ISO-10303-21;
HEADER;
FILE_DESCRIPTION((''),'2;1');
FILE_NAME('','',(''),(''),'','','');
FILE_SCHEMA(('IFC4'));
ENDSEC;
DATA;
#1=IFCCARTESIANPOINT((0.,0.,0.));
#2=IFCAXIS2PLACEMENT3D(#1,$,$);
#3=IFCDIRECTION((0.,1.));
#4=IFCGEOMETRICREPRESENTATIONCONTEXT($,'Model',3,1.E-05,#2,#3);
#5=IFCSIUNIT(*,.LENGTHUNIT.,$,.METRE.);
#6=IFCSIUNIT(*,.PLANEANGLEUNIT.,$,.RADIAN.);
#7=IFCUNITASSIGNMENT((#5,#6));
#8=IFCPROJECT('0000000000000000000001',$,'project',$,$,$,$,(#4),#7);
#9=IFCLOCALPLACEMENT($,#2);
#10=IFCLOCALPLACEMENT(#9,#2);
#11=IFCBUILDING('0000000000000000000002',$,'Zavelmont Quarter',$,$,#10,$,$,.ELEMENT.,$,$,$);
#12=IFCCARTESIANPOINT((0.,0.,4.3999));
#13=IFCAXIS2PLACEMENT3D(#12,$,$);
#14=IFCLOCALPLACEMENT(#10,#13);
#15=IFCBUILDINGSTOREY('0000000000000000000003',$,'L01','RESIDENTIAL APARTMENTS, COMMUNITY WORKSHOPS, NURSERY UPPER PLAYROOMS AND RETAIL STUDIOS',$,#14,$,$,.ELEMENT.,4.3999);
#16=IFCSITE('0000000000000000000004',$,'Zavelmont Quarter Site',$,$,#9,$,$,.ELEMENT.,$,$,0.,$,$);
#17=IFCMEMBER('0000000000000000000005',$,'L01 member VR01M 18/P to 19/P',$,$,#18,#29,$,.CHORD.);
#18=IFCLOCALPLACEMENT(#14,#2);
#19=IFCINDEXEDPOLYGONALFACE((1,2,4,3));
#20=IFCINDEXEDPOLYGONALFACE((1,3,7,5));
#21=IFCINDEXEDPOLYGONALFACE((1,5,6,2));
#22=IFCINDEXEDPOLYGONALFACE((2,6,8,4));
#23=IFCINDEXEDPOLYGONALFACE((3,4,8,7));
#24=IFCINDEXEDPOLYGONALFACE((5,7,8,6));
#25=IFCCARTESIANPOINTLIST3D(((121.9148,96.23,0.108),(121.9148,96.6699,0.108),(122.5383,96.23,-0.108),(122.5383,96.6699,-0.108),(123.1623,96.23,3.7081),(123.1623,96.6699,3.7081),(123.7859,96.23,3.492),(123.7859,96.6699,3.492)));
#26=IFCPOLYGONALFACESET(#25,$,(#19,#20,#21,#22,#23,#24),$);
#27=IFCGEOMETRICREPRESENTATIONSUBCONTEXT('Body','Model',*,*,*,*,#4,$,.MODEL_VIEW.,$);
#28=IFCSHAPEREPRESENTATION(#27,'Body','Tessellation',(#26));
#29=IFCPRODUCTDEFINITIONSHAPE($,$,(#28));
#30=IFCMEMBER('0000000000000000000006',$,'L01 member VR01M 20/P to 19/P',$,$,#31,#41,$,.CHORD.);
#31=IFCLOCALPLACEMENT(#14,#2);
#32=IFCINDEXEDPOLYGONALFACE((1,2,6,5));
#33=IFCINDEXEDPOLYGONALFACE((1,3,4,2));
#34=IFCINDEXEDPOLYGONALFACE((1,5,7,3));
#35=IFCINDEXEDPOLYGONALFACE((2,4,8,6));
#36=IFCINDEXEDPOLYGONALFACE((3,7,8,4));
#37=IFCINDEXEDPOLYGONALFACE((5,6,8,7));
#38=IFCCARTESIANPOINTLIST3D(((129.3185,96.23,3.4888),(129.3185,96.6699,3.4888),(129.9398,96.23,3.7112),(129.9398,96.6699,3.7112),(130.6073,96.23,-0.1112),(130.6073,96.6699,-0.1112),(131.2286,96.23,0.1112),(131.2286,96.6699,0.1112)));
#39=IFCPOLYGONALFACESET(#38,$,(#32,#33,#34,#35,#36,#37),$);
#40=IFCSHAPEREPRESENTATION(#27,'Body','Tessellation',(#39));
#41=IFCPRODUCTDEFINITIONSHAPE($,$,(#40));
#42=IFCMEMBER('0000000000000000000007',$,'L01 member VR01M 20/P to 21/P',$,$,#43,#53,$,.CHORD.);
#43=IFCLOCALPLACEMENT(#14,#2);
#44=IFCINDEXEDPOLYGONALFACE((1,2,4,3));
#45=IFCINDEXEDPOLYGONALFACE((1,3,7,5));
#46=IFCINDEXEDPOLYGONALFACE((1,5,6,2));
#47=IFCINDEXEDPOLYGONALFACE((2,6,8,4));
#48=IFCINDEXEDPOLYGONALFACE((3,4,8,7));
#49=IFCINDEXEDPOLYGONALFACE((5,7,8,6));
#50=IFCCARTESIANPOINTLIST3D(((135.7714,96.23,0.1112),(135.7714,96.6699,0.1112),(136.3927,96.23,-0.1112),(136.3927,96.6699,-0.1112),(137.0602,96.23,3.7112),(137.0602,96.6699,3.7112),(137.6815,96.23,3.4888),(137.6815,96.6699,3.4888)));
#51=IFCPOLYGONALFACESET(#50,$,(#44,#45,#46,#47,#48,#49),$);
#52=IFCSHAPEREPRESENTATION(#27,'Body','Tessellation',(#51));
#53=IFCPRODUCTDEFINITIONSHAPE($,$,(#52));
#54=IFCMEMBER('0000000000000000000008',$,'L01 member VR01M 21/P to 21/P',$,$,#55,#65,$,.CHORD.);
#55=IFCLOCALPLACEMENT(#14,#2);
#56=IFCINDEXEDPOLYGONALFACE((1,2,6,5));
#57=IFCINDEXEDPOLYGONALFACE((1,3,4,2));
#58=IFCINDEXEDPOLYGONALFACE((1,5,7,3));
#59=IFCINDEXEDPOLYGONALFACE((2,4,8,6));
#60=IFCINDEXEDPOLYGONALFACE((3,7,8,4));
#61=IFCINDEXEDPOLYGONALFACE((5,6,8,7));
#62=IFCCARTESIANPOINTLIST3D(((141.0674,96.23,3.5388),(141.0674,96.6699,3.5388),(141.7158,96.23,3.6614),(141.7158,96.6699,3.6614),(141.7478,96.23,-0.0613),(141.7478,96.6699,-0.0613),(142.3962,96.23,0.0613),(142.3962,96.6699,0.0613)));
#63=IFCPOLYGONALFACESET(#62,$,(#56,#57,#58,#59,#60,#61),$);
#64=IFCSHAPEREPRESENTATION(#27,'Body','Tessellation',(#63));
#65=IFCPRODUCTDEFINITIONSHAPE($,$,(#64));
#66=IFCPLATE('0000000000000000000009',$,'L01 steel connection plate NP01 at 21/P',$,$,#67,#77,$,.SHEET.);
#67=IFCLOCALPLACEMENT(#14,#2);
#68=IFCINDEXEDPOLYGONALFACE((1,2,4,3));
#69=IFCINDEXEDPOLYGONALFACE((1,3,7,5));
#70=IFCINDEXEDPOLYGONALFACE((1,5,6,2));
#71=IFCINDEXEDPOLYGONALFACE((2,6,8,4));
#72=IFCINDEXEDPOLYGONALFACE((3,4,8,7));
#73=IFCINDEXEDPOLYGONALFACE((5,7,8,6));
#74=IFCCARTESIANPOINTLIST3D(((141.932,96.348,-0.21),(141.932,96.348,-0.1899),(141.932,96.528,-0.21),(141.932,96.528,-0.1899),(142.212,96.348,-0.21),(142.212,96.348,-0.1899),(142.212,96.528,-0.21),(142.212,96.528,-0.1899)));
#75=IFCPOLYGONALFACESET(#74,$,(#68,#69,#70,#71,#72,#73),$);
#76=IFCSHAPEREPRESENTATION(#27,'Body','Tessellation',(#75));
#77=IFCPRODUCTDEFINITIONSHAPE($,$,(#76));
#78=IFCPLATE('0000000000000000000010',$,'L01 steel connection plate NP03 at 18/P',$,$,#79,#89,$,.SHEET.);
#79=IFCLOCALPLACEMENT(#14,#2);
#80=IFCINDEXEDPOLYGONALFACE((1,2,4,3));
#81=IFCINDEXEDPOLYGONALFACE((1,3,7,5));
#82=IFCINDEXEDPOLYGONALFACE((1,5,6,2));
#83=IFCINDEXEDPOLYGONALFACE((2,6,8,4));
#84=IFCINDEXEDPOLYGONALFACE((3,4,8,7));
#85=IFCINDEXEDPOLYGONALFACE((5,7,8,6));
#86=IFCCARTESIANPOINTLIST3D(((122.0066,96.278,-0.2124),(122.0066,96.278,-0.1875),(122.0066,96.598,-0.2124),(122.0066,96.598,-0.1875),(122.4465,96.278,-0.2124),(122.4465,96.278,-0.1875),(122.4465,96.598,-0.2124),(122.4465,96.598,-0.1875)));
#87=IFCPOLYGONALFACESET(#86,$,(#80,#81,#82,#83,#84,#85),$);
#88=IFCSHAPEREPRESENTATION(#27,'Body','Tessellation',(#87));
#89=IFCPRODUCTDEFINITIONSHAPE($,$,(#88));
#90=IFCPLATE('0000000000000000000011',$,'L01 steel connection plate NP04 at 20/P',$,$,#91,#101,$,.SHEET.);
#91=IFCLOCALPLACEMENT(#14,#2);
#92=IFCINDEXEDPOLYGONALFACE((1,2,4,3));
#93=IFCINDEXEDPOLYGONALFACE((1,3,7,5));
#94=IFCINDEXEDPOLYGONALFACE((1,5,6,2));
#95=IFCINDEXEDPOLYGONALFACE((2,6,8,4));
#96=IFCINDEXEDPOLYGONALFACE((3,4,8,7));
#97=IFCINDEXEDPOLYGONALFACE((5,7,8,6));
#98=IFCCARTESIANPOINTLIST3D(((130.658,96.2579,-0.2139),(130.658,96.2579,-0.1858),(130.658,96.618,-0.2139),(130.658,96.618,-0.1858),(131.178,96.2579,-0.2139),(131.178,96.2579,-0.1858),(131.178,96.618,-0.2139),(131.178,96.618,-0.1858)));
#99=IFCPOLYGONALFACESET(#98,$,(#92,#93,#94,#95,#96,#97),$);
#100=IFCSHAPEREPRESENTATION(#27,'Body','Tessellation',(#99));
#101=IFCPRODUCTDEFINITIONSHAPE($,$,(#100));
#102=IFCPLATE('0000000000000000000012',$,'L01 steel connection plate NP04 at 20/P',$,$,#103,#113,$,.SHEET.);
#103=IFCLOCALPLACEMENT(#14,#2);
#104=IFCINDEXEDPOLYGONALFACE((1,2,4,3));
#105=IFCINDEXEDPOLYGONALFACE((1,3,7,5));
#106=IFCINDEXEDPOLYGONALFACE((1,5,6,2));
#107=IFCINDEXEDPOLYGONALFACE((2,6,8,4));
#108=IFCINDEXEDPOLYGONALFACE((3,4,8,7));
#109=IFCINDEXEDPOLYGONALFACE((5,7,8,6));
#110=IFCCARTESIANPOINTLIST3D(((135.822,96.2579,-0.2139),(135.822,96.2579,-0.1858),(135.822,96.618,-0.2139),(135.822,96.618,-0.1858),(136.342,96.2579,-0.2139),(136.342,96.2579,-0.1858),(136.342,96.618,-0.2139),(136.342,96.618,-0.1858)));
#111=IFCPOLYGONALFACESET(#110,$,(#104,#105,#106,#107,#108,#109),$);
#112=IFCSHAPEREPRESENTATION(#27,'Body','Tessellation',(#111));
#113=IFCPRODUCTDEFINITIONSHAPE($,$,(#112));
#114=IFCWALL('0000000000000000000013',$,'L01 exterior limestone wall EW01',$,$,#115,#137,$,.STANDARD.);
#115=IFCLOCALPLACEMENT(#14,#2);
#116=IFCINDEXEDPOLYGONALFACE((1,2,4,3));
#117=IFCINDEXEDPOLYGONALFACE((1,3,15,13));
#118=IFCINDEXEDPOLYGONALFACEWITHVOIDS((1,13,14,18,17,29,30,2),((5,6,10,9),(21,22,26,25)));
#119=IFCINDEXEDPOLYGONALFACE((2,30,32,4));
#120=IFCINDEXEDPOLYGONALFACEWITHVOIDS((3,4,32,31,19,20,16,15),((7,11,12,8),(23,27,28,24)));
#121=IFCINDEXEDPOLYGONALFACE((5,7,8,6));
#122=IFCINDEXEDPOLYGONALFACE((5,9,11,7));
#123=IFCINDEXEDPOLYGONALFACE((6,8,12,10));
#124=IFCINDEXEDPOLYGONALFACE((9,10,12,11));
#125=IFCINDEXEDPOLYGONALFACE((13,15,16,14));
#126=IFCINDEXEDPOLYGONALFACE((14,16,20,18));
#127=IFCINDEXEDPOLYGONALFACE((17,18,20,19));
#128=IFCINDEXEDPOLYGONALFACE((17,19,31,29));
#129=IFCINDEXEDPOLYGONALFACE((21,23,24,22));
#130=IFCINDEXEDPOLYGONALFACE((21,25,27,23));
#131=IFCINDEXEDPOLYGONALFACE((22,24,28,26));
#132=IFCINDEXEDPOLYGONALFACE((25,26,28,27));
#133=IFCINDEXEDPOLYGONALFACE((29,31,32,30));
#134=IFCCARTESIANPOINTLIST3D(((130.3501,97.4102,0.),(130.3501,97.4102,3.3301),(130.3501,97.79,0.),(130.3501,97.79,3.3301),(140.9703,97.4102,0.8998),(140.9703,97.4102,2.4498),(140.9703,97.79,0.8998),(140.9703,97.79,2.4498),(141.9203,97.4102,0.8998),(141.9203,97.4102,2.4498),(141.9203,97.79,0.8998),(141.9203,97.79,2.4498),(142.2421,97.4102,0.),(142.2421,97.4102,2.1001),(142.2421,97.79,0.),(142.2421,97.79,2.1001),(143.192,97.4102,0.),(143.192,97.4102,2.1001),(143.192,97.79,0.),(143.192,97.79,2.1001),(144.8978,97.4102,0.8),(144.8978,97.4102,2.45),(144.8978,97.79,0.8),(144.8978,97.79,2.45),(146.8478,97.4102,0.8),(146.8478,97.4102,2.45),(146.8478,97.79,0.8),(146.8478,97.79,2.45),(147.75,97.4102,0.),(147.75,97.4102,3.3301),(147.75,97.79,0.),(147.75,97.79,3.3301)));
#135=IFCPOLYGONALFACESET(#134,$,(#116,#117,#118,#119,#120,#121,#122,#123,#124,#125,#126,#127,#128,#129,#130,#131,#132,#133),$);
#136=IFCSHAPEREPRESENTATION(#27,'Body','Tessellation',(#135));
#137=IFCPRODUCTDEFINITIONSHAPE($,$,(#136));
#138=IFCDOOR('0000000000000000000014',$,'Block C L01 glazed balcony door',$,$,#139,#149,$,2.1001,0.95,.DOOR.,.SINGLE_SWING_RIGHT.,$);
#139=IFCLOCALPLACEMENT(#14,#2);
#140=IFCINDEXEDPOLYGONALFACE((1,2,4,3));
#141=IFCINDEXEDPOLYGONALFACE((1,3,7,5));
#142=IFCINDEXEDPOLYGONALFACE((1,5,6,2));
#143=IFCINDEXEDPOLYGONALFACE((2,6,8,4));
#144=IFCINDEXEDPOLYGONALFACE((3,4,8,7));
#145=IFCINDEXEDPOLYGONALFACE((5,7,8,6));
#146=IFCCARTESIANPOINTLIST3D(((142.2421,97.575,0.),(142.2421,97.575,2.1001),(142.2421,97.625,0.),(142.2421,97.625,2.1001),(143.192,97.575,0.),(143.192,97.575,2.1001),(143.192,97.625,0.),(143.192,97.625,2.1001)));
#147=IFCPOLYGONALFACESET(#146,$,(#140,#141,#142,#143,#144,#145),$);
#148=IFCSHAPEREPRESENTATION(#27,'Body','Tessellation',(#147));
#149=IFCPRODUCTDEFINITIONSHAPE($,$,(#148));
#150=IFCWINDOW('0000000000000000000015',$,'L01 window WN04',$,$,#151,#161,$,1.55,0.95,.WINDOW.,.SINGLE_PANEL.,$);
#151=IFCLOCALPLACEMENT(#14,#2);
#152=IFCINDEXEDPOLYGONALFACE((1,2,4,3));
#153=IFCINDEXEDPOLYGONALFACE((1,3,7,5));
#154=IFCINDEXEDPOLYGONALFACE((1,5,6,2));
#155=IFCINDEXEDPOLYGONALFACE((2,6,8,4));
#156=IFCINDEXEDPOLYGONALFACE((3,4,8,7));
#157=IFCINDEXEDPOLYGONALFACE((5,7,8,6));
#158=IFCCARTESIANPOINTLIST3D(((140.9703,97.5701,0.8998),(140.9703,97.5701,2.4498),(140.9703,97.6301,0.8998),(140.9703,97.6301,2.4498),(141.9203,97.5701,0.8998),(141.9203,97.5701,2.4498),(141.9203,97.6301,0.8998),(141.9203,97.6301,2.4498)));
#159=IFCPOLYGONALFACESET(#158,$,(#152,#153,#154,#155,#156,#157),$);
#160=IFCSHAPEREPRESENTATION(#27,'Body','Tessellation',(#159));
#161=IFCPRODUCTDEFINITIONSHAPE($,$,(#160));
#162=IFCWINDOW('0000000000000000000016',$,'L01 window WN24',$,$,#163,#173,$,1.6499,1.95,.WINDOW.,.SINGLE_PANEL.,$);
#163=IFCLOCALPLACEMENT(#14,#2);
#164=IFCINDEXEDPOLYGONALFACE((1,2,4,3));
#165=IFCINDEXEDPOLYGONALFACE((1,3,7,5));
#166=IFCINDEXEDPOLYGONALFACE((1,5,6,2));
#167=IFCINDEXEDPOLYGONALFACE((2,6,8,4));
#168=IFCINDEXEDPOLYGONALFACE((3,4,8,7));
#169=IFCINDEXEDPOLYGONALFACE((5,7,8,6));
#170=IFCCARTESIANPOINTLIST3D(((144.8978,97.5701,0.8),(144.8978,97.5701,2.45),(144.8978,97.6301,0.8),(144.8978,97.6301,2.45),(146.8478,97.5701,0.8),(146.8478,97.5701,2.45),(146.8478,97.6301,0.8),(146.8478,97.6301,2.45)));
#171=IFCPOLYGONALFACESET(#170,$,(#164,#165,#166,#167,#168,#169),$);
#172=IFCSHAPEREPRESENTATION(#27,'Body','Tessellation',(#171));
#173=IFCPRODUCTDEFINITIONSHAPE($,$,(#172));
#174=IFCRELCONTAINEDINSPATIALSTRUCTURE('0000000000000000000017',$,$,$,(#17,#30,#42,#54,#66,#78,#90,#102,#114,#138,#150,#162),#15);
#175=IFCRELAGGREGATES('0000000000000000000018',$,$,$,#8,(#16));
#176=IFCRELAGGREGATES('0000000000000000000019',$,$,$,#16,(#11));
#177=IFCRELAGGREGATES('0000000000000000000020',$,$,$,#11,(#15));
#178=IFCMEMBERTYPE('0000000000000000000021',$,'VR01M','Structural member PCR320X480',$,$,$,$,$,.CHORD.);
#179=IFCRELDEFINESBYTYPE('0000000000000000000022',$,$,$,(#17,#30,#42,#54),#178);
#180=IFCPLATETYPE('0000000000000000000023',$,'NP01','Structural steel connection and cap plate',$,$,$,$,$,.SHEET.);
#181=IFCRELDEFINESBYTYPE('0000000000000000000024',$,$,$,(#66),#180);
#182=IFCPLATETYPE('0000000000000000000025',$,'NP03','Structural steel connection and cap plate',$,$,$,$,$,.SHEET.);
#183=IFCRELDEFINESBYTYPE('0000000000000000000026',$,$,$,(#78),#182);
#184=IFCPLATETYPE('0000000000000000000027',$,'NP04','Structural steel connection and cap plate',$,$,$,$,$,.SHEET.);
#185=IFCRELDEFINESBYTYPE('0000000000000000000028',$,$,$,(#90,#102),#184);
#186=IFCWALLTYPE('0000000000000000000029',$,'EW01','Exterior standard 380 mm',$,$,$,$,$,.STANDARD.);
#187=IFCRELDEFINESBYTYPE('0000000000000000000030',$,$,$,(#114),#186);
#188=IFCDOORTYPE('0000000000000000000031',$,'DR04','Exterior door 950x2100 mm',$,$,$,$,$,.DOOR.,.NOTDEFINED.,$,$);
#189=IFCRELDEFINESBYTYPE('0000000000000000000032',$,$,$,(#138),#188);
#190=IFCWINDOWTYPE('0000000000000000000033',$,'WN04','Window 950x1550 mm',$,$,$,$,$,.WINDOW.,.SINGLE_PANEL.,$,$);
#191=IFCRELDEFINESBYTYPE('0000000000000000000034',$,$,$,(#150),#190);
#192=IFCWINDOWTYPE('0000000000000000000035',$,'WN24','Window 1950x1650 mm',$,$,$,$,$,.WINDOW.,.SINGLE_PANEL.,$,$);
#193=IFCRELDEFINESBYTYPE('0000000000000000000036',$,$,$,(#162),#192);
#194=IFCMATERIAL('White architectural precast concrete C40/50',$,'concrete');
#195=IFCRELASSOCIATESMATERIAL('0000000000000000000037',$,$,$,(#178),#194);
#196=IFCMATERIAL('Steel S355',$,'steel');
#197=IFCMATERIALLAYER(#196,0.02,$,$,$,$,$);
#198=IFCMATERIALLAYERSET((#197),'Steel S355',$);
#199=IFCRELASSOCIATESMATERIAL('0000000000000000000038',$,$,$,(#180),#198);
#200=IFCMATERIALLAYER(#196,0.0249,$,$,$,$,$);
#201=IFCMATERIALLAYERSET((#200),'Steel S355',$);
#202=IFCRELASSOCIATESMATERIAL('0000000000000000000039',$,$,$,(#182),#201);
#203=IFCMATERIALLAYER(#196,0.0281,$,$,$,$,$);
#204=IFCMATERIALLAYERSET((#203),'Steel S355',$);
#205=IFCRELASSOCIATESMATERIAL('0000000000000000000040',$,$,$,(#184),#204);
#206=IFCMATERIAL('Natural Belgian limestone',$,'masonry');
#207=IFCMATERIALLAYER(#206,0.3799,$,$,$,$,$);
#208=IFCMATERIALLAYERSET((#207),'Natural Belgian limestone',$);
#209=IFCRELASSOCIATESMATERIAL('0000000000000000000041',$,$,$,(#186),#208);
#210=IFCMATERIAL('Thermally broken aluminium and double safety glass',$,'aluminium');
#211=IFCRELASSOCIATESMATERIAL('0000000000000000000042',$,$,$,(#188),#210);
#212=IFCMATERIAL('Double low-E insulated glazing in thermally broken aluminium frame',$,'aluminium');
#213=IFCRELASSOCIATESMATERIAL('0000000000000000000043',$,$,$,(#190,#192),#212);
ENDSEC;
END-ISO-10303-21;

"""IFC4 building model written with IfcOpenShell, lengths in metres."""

from ifc_helpers import new_model, si_unit, direction, frame, frame_2d, origin, origin_with_axes, origin_2d, place, context, subcontext, project, spatial, rectangle, extrude, material, layer, layer_set, material_profile, profile_set, type_object, element, fill, save


model = new_model("IFC4")

# Units and contexts
model_context = context("Model", 3, precision=1e-05, world=origin(), true_north=direction((0.0, 1.0)))
body_context = subcontext(model_context, "Body", "Model", "MODEL_VIEW")
ifc_project = project(units=[si_unit("LENGTHUNIT", "METRE"), si_unit("PLANEANGLEUNIT", "RADIAN")], contexts=[model_context])

# Site, building, storey
site_placement = place(None, origin())
site = spatial("IfcSite", under=ifc_project, at=site_placement, Name="Zavelmont Quarter Site", CompositionType="ELEMENT", RefElevation=0.0)
building_placement = place(site_placement, origin())
building = spatial("IfcBuilding", under=site, at=building_placement, Name="Zavelmont Quarter", CompositionType="ELEMENT")
storey_placement = place(building_placement, frame((0.0, 0.0, 4.3999)))
storey = spatial("IfcBuildingStorey", under=building, at=storey_placement, Name="L01", Description="RESIDENTIAL APARTMENTS, COMMUNITY WORKSHOPS, NURSERY UPPER PLAYROOMS AND RETAIL STUDIOS", CompositionType="ELEMENT", Elevation=4.3999)

# Members
ifc_material_1 = material(Name="White architectural precast concrete C40/50", Category="concrete")
ifc_material_profile = material_profile(ifc_material_1, rectangle(XDim=0.4399, YDim=0.6599, at=origin_2d()), Name="PCR320X480")
ifc_profile_set = profile_set([ifc_material_profile], Name="White architectural precast concrete C40/50")
member_type = type_object("IfcMemberType", Name="VR01M", Description="Structural member PCR320X480", PredefinedType="CHORD", material=ifc_profile_set)
member_1_placement = place(storey_placement, frame((122.2266, 96.45, 0.0), z_axis=(0.327432, 0.0, 0.944875), x_axis=(0.0, 1.0, 0.0)))
element("IfcMember", 1, at=member_1_placement, inside=storey, type_object=member_type, Name="L01 member VR01M 18/P to 19/P", PredefinedType="CHORD", context=body_context, shape_type="SweptSolid", body=[
    extrude(rectangle(XDim=0.4399, YDim=0.6599, at=origin_2d()), origin(), (0.0, 0.0, 1.0), 3.8101),
])
for number, where, z_axis, x_axis, name in (
    (2, (130.918, 96.45, 0.0), (-0.337048, 0.0, 0.941487), (0.0, -1.0, 0.0), "L01 member VR01M 20/P to 19/P"),
    (3, (136.082, 96.45, 0.0), (0.337048, 0.0, 0.941487), (0.0, 1.0, 0.0), "L01 member VR01M 20/P to 21/P"),
):
    element("IfcMember", number, at=place(storey_placement, frame(where, z_axis=z_axis, x_axis=x_axis)), inside=storey, type_object=member_type, Name=name, PredefinedType="CHORD", context=body_context, shape_type="SweptSolid", body=[
        extrude(rectangle(XDim=0.4399, YDim=0.6599, at=origin_2d()), origin(), (0.0, 0.0, 1.0), 3.8237),
    ])
member_2_placement = place(storey_placement, frame((142.072, 96.45, 0.0), z_axis=(-0.185713, 0.0, 0.982604), x_axis=(0.0, -1.0, 0.0)))
element("IfcMember", 4, at=member_2_placement, inside=storey, type_object=member_type, Name="L01 member VR01M 21/P to 21/P", PredefinedType="CHORD", context=body_context, shape_type="SweptSolid", body=[
    extrude(rectangle(XDim=0.4399, YDim=0.6599, at=origin_2d()), origin(), (0.0, 0.0, 1.0), 3.6638),
])

# Plates
ifc_material_2 = material(Name="Steel S355", Category="steel")
ifc_layer_1 = layer(ifc_material_2, 0.02)
ifc_layer_set_1 = layer_set([ifc_layer_1], Name="Steel S355")
plate_type_1 = type_object("IfcPlateType", Name="NP01", Description="Structural steel connection and cap plate", PredefinedType="SHEET", material=ifc_layer_set_1)
plate_1_placement = place(storey_placement, frame((142.072, 96.438, -0.21), z_axis=(0.0, 0.0, 1.0), x_axis=(1.0, 0.0, 0.0)))
element("IfcPlate", 5, at=plate_1_placement, inside=storey, type_object=plate_type_1, Name="L01 steel connection plate NP01 at 21/P", PredefinedType="SHEET", context=body_context, shape_type="SweptSolid", body=[
    extrude(rectangle(XDim=0.28, YDim=0.1799, at=origin_2d()), origin(), (0.0, 0.0, 1.0), 0.02),
])
ifc_layer_2 = layer(ifc_material_2, 0.0249)
ifc_layer_set_2 = layer_set([ifc_layer_2], Name="Steel S355")
plate_type_2 = type_object("IfcPlateType", Name="NP03", Description="Structural steel connection and cap plate", PredefinedType="SHEET", material=ifc_layer_set_2)
plate_2_placement = place(storey_placement, frame((122.2266, 96.438, -0.2124), z_axis=(0.0, 0.0, 1.0), x_axis=(1.0, 0.0, 0.0)))
element("IfcPlate", 6, at=plate_2_placement, inside=storey, type_object=plate_type_2, Name="L01 steel connection plate NP03 at 18/P", PredefinedType="SHEET", context=body_context, shape_type="SweptSolid", body=[
    extrude(rectangle(XDim=0.4399, YDim=0.3201, at=origin_2d()), origin(), (0.0, 0.0, 1.0), 0.0249),
])
ifc_layer_3 = layer(ifc_material_2, 0.0281)
ifc_layer_set_3 = layer_set([ifc_layer_3], Name="Steel S355")
plate_type_3 = type_object("IfcPlateType", Name="NP04", Description="Structural steel connection and cap plate", PredefinedType="SHEET", material=ifc_layer_set_3)
for number, where, z_axis, x_axis, name in (
    (7, (130.918, 96.438, -0.2139), (0.0, 0.0, 1.0), (1.0, 0.0, 0.0), "L01 steel connection plate NP04 at 20/P"),
    (8, (136.082, 96.438, -0.2139), (0.0, 0.0, 1.0), (1.0, 0.0, 0.0), "L01 steel connection plate NP04 at 20/P"),
):
    element("IfcPlate", number, at=place(storey_placement, frame(where, z_axis=z_axis, x_axis=x_axis)), inside=storey, type_object=plate_type_3, Name=name, PredefinedType="SHEET", context=body_context, shape_type="SweptSolid", body=[
        extrude(rectangle(XDim=0.52, YDim=0.3601, at=origin_2d()), origin(), (0.0, 0.0, 1.0), 0.0281),
    ])

# Wall, openings, door, windows
ifc_material_3 = material(Name="Natural Belgian limestone", Category="masonry")
ifc_layer_4 = layer(ifc_material_3, 0.3799)
ifc_layer_set_4 = layer_set([ifc_layer_4], Name="Natural Belgian limestone")
wall_type_1 = type_object("IfcWallType", Name="EW01", Description="Exterior standard 380 mm", PredefinedType="STANDARD", material=ifc_layer_set_4)
wall_1_placement = place(storey_placement, frame((130.3501, 97.6001, 0.0), z_axis=(0.0, 0.0, 1.0), x_axis=(1.0, 0.0, 0.0)))
wall_1 = element("IfcWall", 9, at=wall_1_placement, inside=storey, type_object=wall_type_1, Name="L01 exterior limestone wall EW01", PredefinedType="STANDARD", context=body_context, shape_type="SweptSolid", body=[
    extrude(rectangle(XDim=17.3999, YDim=0.3799, at=frame_2d((8.7, 0.0))), origin(), (0.0, 0.0, 1.0), 3.3301),
])
opening_1_placement = place(wall_1_placement, frame((11.8918, 0.0, 0.0)))
opening_1 = element("IfcOpeningElement", 10, at=opening_1_placement, cuts=wall_1, PredefinedType="OPENING", context=body_context, shape_type="SweptSolid", body=[
    extrude(rectangle(XDim=0.95, YDim=2.1001, at=frame_2d((0.4751, 1.05))), frame((0.0, 0.2019, 0.0), z_axis=(0.0, -1.0, 0.0), x_axis=(1.0, 0.0, 0.0)), (0.0, 0.0, 1.0), 0.4038),
])
opening_2_placement = place(wall_1_placement, frame((10.6201, 0.0, 0.8999)))
opening_2 = element("IfcOpeningElement", 11, at=opening_2_placement, cuts=wall_1, PredefinedType="OPENING", context=body_context, shape_type="SweptSolid", body=[
    extrude(rectangle(XDim=0.95, YDim=1.55, at=frame_2d((0.4751, 0.7749))), frame((0.0, 0.2019, 0.0), z_axis=(0.0, -1.0, 0.0), x_axis=(1.0, 0.0, 0.0)), (0.0, 0.0, 1.0), 0.4038),
])
opening_3_placement = place(wall_1_placement, frame((14.5476, 0.0, 0.8)))
opening_3 = element("IfcOpeningElement", 12, at=opening_3_placement, cuts=wall_1, PredefinedType="OPENING", context=body_context, shape_type="SweptSolid", body=[
    extrude(rectangle(XDim=1.95, YDim=1.6499, at=frame_2d((0.9751, 0.825))), frame((0.0, 0.2019, 0.0), z_axis=(0.0, -1.0, 0.0), x_axis=(1.0, 0.0, 0.0)), (0.0, 0.0, 1.0), 0.4038),
])
ifc_material_4 = material(Name="Thermally broken aluminium and double safety glass", Category="aluminium")
door_type_1 = type_object("IfcDoorType", Name="DR04", Description="Exterior door 950x2100 mm", OperationType="NOTDEFINED", PredefinedType="DOOR", material=ifc_material_4)
door_1_placement = place(opening_1_placement, origin_with_axes())
door_1 = element("IfcDoor", 13, at=door_1_placement, inside=storey, type_object=door_type_1, Name="Block C L01 glazed balcony door", OperationType="SINGLE_SWING_RIGHT", OverallHeight=2.1001, OverallWidth=0.95, PredefinedType="DOOR", context=body_context, shape_type="SweptSolid", body=[
    extrude(rectangle(XDim=0.95, YDim=2.1001, at=frame_2d((0.4751, 1.05))), frame((0.0, 0.0249, 0.0), z_axis=(0.0, -1.0, 0.0), x_axis=(1.0, 0.0, 0.0)), (0.0, 0.0, 1.0), 0.05),
])
fill(opening_1, door_1)
ifc_material_5 = material(Name="Double low-E insulated glazing in thermally broken aluminium frame", Category="aluminium")
window_type_1 = type_object("IfcWindowType", Name="WN04", Description="Window 950x1550 mm", PartitioningType="SINGLE_PANEL", PredefinedType="WINDOW", material=ifc_material_5)
window_1_placement = place(opening_2_placement, origin_with_axes())
window_1 = element("IfcWindow", 14, at=window_1_placement, inside=storey, type_object=window_type_1, Name="L01 window WN04", OverallHeight=1.55, OverallWidth=0.95, PartitioningType="SINGLE_PANEL", PredefinedType="WINDOW", context=body_context, shape_type="SweptSolid", body=[
    extrude(rectangle(XDim=0.95, YDim=1.55, at=frame_2d((0.4751, 0.7749))), frame((0.0, 0.03, 0.0), z_axis=(0.0, -1.0, 0.0), x_axis=(1.0, 0.0, 0.0)), (0.0, 0.0, 1.0), 0.0601),
])
fill(opening_2, window_1)
window_type_2 = type_object("IfcWindowType", Name="WN24", Description="Window 1950x1650 mm", PartitioningType="SINGLE_PANEL", PredefinedType="WINDOW", material=ifc_material_5)
window_2_placement = place(opening_3_placement, origin_with_axes())
window_2 = element("IfcWindow", 15, at=window_2_placement, inside=storey, type_object=window_type_2, Name="L01 window WN24", OverallHeight=1.6499, OverallWidth=1.95, PartitioningType="SINGLE_PANEL", PredefinedType="WINDOW", context=body_context, shape_type="SweptSolid", body=[
    extrude(rectangle(XDim=1.95, YDim=1.6499, at=frame_2d((0.9751, 0.825))), frame((0.0, 0.03, 0.0), z_axis=(0.0, -1.0, 0.0), x_axis=(1.0, 0.0, 0.0)), (0.0, 0.0, 1.0), 0.0601),
])
fill(opening_3, window_2)

save(model, "model.ifc")
